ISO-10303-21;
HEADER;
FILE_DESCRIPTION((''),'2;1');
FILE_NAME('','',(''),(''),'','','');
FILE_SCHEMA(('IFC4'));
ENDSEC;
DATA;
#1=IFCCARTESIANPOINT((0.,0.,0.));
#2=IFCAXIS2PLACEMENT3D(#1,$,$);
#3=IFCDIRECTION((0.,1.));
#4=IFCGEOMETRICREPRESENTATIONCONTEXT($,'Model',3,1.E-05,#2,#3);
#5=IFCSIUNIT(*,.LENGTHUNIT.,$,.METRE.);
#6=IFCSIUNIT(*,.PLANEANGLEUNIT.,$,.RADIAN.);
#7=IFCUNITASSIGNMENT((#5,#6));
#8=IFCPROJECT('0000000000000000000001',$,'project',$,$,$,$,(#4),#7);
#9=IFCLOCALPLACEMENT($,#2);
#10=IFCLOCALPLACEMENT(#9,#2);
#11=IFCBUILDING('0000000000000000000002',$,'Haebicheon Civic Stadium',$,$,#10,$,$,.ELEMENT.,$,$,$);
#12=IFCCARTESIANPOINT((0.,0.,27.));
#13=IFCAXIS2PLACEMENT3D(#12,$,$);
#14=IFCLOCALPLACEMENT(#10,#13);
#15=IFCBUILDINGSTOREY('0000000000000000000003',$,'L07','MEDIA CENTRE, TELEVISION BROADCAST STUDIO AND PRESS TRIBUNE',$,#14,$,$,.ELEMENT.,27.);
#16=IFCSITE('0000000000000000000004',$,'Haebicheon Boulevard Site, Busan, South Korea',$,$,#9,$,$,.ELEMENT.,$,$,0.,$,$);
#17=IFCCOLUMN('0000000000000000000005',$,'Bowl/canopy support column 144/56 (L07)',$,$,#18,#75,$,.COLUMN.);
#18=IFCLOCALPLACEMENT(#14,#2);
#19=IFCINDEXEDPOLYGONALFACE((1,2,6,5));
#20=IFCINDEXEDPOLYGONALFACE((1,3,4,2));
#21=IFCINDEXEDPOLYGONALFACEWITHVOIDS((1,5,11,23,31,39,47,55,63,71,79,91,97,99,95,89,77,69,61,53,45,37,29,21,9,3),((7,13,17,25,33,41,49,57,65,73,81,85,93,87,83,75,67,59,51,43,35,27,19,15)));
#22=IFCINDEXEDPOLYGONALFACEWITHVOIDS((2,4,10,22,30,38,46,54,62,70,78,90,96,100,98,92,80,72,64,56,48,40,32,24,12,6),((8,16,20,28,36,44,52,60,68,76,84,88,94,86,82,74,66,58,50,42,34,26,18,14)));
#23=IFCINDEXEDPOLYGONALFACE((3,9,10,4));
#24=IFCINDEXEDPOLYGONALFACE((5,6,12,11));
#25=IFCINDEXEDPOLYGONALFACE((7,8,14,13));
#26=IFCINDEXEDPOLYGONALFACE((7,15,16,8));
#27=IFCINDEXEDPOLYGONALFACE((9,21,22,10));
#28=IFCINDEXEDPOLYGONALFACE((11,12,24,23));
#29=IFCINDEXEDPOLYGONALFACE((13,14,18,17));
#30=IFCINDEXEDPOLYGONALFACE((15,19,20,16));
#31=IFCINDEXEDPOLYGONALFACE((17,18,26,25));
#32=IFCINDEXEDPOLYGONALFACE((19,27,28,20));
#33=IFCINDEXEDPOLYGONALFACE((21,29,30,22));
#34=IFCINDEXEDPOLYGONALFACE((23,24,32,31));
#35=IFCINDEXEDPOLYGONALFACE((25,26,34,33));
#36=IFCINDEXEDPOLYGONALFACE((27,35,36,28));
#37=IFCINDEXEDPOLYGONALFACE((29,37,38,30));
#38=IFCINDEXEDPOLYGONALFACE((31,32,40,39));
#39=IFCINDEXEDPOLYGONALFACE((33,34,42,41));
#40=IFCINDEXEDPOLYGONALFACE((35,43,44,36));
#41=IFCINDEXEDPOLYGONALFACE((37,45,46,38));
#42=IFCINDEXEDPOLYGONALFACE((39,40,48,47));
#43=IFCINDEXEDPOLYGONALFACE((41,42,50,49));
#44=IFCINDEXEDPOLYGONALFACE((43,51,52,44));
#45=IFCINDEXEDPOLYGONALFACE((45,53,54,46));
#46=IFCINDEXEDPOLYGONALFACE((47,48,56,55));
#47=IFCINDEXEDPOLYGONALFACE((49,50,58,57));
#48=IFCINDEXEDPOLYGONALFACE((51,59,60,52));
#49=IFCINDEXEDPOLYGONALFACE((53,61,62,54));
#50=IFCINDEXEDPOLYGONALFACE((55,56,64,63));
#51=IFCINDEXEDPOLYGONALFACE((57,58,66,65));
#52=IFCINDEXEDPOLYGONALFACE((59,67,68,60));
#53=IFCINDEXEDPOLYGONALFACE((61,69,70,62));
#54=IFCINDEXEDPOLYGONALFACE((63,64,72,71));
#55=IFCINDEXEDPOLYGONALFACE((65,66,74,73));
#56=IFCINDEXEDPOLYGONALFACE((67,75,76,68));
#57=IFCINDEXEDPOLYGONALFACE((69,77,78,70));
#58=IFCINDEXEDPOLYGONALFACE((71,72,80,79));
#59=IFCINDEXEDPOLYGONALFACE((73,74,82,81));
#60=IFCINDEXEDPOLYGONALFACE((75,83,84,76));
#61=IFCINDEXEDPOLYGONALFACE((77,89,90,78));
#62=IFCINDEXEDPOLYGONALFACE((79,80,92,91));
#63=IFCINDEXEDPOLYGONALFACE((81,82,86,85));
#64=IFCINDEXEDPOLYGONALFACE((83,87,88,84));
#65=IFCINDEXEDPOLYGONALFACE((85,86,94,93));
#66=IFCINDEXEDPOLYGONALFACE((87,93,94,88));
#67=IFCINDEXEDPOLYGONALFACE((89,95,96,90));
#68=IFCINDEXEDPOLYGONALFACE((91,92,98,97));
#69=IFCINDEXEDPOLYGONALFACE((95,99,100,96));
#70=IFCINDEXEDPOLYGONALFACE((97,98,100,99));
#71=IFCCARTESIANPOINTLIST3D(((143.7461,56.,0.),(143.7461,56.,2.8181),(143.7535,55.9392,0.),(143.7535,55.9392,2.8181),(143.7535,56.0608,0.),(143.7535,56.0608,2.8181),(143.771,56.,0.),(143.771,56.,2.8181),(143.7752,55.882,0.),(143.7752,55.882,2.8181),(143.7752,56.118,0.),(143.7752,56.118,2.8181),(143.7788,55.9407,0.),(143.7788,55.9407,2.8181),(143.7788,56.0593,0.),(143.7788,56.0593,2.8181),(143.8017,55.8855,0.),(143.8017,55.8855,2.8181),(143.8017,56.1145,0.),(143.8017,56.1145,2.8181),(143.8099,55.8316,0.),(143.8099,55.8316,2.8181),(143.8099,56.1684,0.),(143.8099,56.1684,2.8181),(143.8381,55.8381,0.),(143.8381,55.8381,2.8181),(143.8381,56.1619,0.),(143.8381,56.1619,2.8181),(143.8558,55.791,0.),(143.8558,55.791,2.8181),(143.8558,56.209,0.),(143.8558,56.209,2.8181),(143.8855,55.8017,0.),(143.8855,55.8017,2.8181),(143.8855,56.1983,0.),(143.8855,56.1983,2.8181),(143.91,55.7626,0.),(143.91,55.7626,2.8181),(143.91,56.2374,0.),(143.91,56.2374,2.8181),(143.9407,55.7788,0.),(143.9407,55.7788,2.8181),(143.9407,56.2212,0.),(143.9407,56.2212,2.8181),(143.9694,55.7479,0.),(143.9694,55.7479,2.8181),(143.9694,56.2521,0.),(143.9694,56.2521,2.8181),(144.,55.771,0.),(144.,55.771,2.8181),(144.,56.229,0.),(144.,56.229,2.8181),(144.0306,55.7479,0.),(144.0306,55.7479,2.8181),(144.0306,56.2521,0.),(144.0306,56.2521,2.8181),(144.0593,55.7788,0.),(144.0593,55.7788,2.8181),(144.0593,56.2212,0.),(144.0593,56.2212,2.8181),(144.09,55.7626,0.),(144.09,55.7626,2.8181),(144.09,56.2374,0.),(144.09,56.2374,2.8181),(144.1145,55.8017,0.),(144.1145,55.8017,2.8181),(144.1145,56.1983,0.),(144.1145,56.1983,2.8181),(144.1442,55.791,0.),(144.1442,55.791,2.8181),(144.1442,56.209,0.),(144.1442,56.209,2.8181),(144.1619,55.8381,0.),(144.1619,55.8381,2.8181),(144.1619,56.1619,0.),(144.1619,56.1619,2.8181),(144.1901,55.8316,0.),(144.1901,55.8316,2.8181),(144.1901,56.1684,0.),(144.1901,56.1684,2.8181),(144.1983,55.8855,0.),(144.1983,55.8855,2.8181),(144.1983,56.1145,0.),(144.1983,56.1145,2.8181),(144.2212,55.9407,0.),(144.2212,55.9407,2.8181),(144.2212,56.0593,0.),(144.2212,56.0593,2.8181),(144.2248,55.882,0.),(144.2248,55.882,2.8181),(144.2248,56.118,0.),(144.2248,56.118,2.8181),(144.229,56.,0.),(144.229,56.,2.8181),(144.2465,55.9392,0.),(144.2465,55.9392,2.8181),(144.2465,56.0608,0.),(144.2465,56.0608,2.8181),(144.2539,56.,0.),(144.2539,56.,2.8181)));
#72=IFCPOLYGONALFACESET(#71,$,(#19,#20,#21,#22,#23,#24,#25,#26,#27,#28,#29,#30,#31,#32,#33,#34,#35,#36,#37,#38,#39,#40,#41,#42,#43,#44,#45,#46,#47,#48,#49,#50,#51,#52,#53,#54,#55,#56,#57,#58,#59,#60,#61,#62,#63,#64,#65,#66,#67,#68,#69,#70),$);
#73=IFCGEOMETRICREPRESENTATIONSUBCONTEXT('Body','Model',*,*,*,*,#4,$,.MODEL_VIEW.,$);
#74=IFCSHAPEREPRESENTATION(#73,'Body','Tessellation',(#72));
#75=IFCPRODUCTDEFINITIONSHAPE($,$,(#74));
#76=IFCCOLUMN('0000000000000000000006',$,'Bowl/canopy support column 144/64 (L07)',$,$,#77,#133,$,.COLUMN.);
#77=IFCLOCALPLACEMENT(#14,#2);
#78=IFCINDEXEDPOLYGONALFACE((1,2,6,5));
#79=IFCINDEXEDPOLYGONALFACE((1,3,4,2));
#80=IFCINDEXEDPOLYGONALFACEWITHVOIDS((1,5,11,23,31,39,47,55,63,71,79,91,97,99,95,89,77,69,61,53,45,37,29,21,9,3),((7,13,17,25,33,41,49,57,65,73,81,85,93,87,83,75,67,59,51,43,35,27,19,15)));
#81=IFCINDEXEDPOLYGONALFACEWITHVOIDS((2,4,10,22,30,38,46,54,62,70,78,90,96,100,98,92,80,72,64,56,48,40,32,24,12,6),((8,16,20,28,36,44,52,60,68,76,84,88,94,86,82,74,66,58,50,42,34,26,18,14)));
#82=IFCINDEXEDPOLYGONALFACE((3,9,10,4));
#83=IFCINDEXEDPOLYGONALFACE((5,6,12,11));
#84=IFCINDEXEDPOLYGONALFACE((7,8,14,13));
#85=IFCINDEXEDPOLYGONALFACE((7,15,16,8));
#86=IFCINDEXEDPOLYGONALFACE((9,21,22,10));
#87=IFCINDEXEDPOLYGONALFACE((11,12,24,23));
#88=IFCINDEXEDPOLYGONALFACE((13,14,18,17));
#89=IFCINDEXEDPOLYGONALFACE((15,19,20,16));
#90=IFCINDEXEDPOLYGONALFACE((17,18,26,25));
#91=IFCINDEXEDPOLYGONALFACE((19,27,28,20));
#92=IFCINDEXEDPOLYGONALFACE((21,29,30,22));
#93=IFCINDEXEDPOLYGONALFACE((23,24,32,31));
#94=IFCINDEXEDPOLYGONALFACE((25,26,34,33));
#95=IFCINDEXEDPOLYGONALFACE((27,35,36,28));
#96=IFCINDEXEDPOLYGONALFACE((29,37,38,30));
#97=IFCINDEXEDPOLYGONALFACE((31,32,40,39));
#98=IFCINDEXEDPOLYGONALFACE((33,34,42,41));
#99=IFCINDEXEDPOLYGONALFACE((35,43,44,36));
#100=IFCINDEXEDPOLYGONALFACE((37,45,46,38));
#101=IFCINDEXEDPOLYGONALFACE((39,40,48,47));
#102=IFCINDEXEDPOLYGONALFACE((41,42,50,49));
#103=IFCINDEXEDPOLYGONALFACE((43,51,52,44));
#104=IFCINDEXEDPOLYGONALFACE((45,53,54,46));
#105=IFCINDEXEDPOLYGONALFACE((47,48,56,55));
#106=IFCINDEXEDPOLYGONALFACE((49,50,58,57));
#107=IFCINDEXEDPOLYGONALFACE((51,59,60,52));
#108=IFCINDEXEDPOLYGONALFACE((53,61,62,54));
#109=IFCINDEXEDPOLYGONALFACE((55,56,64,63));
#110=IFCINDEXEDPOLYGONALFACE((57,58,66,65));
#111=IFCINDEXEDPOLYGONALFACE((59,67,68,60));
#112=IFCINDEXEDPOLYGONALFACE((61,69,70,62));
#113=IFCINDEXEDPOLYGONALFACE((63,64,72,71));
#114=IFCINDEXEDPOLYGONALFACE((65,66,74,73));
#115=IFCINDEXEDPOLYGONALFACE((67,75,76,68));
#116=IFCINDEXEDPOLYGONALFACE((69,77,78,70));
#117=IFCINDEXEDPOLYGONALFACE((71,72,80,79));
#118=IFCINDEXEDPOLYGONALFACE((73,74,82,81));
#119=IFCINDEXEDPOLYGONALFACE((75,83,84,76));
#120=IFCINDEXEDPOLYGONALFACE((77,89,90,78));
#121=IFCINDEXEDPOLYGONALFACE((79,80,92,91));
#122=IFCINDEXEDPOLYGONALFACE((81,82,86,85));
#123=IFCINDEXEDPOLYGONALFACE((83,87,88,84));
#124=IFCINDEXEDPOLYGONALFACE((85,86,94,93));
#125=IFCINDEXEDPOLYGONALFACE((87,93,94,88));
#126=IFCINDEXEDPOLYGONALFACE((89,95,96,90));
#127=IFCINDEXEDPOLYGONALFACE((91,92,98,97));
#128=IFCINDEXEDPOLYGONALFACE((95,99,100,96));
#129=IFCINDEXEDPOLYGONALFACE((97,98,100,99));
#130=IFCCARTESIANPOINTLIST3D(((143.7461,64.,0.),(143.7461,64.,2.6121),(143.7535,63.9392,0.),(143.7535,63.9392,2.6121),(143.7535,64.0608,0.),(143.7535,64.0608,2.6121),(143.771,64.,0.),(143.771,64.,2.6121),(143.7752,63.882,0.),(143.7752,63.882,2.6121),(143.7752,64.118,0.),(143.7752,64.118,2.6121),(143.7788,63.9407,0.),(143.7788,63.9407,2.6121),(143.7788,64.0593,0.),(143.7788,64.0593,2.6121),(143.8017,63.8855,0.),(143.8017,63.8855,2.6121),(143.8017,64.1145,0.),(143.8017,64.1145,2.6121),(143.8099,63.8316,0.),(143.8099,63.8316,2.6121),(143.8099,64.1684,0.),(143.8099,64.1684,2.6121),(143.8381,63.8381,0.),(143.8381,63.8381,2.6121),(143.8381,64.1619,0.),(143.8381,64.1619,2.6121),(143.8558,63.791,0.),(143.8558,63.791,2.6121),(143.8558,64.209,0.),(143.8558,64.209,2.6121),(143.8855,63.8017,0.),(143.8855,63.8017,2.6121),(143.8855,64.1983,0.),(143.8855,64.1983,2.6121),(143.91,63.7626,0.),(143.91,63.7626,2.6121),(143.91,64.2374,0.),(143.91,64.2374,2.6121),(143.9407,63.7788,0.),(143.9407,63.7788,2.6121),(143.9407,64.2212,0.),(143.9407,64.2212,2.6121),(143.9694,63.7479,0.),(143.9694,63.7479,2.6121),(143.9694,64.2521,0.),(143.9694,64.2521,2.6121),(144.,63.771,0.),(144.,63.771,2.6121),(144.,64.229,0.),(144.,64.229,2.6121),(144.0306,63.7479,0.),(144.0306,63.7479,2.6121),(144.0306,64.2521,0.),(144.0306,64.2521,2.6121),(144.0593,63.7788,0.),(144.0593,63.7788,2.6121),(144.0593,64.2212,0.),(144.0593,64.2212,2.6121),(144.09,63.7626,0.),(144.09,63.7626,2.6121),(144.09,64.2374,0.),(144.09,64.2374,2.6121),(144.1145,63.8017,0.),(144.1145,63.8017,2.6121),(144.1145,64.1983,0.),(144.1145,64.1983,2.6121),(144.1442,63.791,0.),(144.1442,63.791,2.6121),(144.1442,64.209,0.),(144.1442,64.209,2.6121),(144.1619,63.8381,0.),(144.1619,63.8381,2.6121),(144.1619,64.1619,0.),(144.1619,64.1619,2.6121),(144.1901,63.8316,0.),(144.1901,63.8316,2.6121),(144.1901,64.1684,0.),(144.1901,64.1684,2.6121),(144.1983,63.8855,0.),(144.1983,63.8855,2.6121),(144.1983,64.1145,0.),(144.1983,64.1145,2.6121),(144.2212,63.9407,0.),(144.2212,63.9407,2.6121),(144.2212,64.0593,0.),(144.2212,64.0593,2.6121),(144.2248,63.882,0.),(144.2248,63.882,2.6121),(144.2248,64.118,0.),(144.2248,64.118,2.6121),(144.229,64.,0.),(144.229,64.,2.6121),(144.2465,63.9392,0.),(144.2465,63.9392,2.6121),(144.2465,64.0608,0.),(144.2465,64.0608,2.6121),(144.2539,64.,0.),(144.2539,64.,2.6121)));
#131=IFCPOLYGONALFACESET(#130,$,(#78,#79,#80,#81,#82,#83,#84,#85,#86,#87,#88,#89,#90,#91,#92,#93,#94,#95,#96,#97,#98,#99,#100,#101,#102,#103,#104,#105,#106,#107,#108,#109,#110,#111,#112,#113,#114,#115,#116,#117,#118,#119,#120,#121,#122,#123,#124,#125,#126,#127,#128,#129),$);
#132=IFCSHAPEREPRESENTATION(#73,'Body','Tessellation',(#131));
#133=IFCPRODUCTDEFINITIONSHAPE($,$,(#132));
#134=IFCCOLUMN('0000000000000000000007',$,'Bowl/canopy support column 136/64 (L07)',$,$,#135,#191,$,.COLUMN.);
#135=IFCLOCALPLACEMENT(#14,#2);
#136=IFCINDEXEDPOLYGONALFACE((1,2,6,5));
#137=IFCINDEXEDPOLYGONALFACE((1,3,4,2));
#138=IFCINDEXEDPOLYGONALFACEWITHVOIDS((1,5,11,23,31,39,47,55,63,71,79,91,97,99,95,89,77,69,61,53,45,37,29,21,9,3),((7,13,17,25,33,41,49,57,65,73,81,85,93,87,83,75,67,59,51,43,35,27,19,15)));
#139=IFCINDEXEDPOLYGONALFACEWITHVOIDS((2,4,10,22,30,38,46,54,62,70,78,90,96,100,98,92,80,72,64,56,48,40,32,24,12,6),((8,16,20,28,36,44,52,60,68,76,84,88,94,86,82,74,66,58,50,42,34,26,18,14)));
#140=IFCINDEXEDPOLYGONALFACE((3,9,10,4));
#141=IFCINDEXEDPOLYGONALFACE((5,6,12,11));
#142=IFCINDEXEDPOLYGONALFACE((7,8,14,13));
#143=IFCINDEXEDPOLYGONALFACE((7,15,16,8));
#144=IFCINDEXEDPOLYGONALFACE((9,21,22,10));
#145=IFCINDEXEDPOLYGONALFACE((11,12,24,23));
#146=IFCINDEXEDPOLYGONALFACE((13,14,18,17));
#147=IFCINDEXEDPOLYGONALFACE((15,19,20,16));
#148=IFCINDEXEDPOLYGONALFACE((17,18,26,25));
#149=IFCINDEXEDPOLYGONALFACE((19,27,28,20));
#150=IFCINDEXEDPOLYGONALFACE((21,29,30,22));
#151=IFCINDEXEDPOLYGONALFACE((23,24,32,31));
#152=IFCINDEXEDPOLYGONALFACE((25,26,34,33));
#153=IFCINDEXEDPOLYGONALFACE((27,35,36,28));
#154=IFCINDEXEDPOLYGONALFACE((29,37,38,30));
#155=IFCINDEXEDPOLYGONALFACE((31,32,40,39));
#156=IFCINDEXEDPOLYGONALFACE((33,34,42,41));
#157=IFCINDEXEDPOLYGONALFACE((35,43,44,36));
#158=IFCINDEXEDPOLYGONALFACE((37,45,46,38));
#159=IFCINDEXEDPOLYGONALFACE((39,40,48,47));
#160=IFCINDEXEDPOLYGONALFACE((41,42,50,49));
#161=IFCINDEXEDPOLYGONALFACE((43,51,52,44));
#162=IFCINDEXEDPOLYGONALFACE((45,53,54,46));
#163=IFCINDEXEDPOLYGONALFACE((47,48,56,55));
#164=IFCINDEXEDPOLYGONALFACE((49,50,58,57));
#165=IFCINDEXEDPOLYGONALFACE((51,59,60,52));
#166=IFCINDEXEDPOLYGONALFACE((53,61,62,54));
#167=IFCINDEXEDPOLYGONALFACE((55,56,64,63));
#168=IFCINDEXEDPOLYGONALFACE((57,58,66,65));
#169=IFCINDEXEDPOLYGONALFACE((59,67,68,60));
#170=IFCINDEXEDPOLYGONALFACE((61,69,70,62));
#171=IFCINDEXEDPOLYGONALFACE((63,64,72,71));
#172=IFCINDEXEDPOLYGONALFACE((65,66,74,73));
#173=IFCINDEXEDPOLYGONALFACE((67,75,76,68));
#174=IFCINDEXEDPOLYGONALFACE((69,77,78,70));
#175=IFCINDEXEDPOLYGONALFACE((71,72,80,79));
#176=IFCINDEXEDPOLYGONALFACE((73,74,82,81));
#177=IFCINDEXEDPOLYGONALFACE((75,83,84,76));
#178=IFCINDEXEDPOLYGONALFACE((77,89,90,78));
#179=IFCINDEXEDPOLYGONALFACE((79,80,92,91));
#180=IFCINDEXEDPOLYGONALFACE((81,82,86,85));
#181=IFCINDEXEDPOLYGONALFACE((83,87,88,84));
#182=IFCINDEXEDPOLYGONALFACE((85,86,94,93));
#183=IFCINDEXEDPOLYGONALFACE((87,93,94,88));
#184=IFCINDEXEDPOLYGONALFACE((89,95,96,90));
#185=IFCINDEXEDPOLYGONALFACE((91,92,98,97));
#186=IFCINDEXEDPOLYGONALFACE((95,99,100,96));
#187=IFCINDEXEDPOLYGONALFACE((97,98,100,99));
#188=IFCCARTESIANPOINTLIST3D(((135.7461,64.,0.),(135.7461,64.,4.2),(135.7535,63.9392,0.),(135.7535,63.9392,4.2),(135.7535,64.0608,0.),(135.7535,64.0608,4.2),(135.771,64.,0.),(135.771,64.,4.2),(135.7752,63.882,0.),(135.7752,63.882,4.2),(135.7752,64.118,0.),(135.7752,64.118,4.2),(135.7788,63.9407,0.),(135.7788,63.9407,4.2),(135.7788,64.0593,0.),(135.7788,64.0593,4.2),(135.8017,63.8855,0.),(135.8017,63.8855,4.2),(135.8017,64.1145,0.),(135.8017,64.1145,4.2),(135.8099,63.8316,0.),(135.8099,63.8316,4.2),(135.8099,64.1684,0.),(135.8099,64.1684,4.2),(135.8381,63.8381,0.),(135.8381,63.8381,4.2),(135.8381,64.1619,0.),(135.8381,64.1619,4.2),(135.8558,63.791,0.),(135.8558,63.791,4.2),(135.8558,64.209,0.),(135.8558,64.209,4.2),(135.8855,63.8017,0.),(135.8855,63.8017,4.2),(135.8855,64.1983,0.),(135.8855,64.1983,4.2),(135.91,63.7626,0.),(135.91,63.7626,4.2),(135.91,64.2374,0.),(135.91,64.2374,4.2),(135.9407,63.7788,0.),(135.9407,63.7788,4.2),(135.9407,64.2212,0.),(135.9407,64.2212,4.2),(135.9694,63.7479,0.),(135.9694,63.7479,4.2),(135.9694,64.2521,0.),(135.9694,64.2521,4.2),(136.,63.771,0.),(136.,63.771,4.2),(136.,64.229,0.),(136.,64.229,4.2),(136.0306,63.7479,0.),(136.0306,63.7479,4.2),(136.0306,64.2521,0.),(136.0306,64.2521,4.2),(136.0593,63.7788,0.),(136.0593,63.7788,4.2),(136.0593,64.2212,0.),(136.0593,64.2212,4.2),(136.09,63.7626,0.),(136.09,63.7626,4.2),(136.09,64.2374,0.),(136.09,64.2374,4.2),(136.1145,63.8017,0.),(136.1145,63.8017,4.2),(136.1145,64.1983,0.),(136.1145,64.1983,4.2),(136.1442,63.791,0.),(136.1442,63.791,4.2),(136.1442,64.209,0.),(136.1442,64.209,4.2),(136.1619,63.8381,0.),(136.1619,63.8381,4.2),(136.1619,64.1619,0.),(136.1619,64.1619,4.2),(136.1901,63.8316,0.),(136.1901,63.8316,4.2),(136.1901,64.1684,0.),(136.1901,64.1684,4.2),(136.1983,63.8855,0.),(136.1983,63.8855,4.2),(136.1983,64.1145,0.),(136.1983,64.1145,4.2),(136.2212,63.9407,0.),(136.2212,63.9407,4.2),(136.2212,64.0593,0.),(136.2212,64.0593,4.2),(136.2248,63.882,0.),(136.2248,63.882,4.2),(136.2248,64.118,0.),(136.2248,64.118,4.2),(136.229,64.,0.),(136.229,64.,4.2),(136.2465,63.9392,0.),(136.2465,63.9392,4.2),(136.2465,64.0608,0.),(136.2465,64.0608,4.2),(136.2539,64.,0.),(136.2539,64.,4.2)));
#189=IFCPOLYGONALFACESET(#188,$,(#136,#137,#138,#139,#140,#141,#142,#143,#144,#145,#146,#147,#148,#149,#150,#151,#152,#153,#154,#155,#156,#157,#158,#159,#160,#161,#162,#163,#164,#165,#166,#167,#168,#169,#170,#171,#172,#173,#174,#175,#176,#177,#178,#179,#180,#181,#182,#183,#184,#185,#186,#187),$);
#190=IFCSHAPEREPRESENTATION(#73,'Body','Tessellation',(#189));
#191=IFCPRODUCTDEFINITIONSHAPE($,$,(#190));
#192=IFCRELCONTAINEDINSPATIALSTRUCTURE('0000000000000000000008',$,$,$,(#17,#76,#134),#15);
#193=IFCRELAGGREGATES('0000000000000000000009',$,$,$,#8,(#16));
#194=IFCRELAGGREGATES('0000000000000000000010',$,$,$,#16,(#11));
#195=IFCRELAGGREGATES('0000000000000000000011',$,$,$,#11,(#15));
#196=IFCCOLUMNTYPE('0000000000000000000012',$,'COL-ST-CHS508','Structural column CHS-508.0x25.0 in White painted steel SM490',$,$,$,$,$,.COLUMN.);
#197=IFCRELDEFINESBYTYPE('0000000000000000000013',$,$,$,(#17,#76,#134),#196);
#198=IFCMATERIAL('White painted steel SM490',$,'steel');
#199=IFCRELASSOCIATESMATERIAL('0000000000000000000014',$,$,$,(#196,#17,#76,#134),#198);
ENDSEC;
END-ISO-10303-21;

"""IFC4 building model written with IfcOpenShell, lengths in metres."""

from ifc_helpers import new_model, si_unit, direction, frame, origin, origin_2d, place, context, subcontext, project, spatial, hollow_circle, extrude, material, material_profile, profile_set, type_object, element, save


model = new_model("IFC4")

# Units and contexts
model_context = context("Model", 3, precision=1e-05, world=origin(), true_north=direction((0.0, 1.0)))
body_context = subcontext(model_context, "Body", "Model", "MODEL_VIEW")
ifc_project = project(units=[si_unit("LENGTHUNIT", "METRE"), si_unit("PLANEANGLEUNIT", "RADIAN")], contexts=[model_context])

# Site, building, storey
site_placement = place(None, origin())
site = spatial("IfcSite", under=ifc_project, at=site_placement, Name="Haebicheon Boulevard Site, Busan, South Korea", CompositionType="ELEMENT", RefElevation=0.0)
building_placement = place(site_placement, origin())
building = spatial("IfcBuilding", under=site, at=building_placement, Name="Haebicheon Civic Stadium", CompositionType="ELEMENT")
storey_placement = place(building_placement, frame((0.0, 0.0, 27.0)))
storey = spatial("IfcBuildingStorey", under=building, at=storey_placement, Name="L07", Description="MEDIA CENTRE, TELEVISION BROADCAST STUDIO AND PRESS TRIBUNE", CompositionType="ELEMENT", Elevation=27.0)

# Columns
ifc_material_1 = material(Name="White painted steel SM490", Category="steel")
ifc_material_profile_1 = material_profile(ifc_material_1, hollow_circle(Radius=0.2539, WallThickness=0.0249, at=origin_2d()), Name="CHS-508.0x25.0")
ifc_profile_set_1 = profile_set([ifc_material_profile_1], Name="White painted steel SM490")
column_type = type_object("IfcColumnType", Name="COL-ST-CHS508", Description="Structural column CHS-508.0x25.0 in White painted steel SM490", PredefinedType="COLUMN", material=ifc_profile_set_1)
column_1_placement = place(storey_placement, frame((144.0, 56.0, 0.0), z_axis=(0.0, 0.0, 1.0), x_axis=(1.0, 0.0, 0.0)))
element("IfcColumn", 1, at=column_1_placement, inside=storey, type_object=column_type, material=ifc_profile_set_1, Name="Bowl/canopy support column 144/56 (L07)", PredefinedType="COLUMN", context=body_context, shape_type="SweptSolid", body=[
    extrude(hollow_circle(Radius=0.2539, WallThickness=0.0249, at=origin_2d()), origin(), (0.0, 0.0, 1.0), 2.8181),
])
column_2_placement = place(storey_placement, frame((144.0, 64.0, 0.0), z_axis=(0.0, 0.0, 1.0), x_axis=(1.0, 0.0, 0.0)))
element("IfcColumn", 2, at=column_2_placement, inside=storey, type_object=column_type, material=ifc_profile_set_1, Name="Bowl/canopy support column 144/64 (L07)", PredefinedType="COLUMN", context=body_context, shape_type="SweptSolid", body=[
    extrude(hollow_circle(Radius=0.2539, WallThickness=0.0249, at=origin_2d()), origin(), (0.0, 0.0, 1.0), 2.6121),
])
for number, where, z_axis, x_axis, name in (
    (3, (136.0, 64.0, 0.0), (0.0, 0.0, 1.0), (1.0, 0.0, 0.0), "Bowl/canopy support column 136/64 (L07)"),
):
    element("IfcColumn", number, at=place(storey_placement, frame(where, z_axis=z_axis, x_axis=x_axis)), inside=storey, type_object=column_type, material=ifc_profile_set_1, Name=name, PredefinedType="COLUMN", context=body_context, shape_type="SweptSolid", body=[
        extrude(hollow_circle(Radius=0.2539, WallThickness=0.0249, at=origin_2d()), origin(), (0.0, 0.0, 1.0), 4.2),
    ])

save(model, "model.ifc")
